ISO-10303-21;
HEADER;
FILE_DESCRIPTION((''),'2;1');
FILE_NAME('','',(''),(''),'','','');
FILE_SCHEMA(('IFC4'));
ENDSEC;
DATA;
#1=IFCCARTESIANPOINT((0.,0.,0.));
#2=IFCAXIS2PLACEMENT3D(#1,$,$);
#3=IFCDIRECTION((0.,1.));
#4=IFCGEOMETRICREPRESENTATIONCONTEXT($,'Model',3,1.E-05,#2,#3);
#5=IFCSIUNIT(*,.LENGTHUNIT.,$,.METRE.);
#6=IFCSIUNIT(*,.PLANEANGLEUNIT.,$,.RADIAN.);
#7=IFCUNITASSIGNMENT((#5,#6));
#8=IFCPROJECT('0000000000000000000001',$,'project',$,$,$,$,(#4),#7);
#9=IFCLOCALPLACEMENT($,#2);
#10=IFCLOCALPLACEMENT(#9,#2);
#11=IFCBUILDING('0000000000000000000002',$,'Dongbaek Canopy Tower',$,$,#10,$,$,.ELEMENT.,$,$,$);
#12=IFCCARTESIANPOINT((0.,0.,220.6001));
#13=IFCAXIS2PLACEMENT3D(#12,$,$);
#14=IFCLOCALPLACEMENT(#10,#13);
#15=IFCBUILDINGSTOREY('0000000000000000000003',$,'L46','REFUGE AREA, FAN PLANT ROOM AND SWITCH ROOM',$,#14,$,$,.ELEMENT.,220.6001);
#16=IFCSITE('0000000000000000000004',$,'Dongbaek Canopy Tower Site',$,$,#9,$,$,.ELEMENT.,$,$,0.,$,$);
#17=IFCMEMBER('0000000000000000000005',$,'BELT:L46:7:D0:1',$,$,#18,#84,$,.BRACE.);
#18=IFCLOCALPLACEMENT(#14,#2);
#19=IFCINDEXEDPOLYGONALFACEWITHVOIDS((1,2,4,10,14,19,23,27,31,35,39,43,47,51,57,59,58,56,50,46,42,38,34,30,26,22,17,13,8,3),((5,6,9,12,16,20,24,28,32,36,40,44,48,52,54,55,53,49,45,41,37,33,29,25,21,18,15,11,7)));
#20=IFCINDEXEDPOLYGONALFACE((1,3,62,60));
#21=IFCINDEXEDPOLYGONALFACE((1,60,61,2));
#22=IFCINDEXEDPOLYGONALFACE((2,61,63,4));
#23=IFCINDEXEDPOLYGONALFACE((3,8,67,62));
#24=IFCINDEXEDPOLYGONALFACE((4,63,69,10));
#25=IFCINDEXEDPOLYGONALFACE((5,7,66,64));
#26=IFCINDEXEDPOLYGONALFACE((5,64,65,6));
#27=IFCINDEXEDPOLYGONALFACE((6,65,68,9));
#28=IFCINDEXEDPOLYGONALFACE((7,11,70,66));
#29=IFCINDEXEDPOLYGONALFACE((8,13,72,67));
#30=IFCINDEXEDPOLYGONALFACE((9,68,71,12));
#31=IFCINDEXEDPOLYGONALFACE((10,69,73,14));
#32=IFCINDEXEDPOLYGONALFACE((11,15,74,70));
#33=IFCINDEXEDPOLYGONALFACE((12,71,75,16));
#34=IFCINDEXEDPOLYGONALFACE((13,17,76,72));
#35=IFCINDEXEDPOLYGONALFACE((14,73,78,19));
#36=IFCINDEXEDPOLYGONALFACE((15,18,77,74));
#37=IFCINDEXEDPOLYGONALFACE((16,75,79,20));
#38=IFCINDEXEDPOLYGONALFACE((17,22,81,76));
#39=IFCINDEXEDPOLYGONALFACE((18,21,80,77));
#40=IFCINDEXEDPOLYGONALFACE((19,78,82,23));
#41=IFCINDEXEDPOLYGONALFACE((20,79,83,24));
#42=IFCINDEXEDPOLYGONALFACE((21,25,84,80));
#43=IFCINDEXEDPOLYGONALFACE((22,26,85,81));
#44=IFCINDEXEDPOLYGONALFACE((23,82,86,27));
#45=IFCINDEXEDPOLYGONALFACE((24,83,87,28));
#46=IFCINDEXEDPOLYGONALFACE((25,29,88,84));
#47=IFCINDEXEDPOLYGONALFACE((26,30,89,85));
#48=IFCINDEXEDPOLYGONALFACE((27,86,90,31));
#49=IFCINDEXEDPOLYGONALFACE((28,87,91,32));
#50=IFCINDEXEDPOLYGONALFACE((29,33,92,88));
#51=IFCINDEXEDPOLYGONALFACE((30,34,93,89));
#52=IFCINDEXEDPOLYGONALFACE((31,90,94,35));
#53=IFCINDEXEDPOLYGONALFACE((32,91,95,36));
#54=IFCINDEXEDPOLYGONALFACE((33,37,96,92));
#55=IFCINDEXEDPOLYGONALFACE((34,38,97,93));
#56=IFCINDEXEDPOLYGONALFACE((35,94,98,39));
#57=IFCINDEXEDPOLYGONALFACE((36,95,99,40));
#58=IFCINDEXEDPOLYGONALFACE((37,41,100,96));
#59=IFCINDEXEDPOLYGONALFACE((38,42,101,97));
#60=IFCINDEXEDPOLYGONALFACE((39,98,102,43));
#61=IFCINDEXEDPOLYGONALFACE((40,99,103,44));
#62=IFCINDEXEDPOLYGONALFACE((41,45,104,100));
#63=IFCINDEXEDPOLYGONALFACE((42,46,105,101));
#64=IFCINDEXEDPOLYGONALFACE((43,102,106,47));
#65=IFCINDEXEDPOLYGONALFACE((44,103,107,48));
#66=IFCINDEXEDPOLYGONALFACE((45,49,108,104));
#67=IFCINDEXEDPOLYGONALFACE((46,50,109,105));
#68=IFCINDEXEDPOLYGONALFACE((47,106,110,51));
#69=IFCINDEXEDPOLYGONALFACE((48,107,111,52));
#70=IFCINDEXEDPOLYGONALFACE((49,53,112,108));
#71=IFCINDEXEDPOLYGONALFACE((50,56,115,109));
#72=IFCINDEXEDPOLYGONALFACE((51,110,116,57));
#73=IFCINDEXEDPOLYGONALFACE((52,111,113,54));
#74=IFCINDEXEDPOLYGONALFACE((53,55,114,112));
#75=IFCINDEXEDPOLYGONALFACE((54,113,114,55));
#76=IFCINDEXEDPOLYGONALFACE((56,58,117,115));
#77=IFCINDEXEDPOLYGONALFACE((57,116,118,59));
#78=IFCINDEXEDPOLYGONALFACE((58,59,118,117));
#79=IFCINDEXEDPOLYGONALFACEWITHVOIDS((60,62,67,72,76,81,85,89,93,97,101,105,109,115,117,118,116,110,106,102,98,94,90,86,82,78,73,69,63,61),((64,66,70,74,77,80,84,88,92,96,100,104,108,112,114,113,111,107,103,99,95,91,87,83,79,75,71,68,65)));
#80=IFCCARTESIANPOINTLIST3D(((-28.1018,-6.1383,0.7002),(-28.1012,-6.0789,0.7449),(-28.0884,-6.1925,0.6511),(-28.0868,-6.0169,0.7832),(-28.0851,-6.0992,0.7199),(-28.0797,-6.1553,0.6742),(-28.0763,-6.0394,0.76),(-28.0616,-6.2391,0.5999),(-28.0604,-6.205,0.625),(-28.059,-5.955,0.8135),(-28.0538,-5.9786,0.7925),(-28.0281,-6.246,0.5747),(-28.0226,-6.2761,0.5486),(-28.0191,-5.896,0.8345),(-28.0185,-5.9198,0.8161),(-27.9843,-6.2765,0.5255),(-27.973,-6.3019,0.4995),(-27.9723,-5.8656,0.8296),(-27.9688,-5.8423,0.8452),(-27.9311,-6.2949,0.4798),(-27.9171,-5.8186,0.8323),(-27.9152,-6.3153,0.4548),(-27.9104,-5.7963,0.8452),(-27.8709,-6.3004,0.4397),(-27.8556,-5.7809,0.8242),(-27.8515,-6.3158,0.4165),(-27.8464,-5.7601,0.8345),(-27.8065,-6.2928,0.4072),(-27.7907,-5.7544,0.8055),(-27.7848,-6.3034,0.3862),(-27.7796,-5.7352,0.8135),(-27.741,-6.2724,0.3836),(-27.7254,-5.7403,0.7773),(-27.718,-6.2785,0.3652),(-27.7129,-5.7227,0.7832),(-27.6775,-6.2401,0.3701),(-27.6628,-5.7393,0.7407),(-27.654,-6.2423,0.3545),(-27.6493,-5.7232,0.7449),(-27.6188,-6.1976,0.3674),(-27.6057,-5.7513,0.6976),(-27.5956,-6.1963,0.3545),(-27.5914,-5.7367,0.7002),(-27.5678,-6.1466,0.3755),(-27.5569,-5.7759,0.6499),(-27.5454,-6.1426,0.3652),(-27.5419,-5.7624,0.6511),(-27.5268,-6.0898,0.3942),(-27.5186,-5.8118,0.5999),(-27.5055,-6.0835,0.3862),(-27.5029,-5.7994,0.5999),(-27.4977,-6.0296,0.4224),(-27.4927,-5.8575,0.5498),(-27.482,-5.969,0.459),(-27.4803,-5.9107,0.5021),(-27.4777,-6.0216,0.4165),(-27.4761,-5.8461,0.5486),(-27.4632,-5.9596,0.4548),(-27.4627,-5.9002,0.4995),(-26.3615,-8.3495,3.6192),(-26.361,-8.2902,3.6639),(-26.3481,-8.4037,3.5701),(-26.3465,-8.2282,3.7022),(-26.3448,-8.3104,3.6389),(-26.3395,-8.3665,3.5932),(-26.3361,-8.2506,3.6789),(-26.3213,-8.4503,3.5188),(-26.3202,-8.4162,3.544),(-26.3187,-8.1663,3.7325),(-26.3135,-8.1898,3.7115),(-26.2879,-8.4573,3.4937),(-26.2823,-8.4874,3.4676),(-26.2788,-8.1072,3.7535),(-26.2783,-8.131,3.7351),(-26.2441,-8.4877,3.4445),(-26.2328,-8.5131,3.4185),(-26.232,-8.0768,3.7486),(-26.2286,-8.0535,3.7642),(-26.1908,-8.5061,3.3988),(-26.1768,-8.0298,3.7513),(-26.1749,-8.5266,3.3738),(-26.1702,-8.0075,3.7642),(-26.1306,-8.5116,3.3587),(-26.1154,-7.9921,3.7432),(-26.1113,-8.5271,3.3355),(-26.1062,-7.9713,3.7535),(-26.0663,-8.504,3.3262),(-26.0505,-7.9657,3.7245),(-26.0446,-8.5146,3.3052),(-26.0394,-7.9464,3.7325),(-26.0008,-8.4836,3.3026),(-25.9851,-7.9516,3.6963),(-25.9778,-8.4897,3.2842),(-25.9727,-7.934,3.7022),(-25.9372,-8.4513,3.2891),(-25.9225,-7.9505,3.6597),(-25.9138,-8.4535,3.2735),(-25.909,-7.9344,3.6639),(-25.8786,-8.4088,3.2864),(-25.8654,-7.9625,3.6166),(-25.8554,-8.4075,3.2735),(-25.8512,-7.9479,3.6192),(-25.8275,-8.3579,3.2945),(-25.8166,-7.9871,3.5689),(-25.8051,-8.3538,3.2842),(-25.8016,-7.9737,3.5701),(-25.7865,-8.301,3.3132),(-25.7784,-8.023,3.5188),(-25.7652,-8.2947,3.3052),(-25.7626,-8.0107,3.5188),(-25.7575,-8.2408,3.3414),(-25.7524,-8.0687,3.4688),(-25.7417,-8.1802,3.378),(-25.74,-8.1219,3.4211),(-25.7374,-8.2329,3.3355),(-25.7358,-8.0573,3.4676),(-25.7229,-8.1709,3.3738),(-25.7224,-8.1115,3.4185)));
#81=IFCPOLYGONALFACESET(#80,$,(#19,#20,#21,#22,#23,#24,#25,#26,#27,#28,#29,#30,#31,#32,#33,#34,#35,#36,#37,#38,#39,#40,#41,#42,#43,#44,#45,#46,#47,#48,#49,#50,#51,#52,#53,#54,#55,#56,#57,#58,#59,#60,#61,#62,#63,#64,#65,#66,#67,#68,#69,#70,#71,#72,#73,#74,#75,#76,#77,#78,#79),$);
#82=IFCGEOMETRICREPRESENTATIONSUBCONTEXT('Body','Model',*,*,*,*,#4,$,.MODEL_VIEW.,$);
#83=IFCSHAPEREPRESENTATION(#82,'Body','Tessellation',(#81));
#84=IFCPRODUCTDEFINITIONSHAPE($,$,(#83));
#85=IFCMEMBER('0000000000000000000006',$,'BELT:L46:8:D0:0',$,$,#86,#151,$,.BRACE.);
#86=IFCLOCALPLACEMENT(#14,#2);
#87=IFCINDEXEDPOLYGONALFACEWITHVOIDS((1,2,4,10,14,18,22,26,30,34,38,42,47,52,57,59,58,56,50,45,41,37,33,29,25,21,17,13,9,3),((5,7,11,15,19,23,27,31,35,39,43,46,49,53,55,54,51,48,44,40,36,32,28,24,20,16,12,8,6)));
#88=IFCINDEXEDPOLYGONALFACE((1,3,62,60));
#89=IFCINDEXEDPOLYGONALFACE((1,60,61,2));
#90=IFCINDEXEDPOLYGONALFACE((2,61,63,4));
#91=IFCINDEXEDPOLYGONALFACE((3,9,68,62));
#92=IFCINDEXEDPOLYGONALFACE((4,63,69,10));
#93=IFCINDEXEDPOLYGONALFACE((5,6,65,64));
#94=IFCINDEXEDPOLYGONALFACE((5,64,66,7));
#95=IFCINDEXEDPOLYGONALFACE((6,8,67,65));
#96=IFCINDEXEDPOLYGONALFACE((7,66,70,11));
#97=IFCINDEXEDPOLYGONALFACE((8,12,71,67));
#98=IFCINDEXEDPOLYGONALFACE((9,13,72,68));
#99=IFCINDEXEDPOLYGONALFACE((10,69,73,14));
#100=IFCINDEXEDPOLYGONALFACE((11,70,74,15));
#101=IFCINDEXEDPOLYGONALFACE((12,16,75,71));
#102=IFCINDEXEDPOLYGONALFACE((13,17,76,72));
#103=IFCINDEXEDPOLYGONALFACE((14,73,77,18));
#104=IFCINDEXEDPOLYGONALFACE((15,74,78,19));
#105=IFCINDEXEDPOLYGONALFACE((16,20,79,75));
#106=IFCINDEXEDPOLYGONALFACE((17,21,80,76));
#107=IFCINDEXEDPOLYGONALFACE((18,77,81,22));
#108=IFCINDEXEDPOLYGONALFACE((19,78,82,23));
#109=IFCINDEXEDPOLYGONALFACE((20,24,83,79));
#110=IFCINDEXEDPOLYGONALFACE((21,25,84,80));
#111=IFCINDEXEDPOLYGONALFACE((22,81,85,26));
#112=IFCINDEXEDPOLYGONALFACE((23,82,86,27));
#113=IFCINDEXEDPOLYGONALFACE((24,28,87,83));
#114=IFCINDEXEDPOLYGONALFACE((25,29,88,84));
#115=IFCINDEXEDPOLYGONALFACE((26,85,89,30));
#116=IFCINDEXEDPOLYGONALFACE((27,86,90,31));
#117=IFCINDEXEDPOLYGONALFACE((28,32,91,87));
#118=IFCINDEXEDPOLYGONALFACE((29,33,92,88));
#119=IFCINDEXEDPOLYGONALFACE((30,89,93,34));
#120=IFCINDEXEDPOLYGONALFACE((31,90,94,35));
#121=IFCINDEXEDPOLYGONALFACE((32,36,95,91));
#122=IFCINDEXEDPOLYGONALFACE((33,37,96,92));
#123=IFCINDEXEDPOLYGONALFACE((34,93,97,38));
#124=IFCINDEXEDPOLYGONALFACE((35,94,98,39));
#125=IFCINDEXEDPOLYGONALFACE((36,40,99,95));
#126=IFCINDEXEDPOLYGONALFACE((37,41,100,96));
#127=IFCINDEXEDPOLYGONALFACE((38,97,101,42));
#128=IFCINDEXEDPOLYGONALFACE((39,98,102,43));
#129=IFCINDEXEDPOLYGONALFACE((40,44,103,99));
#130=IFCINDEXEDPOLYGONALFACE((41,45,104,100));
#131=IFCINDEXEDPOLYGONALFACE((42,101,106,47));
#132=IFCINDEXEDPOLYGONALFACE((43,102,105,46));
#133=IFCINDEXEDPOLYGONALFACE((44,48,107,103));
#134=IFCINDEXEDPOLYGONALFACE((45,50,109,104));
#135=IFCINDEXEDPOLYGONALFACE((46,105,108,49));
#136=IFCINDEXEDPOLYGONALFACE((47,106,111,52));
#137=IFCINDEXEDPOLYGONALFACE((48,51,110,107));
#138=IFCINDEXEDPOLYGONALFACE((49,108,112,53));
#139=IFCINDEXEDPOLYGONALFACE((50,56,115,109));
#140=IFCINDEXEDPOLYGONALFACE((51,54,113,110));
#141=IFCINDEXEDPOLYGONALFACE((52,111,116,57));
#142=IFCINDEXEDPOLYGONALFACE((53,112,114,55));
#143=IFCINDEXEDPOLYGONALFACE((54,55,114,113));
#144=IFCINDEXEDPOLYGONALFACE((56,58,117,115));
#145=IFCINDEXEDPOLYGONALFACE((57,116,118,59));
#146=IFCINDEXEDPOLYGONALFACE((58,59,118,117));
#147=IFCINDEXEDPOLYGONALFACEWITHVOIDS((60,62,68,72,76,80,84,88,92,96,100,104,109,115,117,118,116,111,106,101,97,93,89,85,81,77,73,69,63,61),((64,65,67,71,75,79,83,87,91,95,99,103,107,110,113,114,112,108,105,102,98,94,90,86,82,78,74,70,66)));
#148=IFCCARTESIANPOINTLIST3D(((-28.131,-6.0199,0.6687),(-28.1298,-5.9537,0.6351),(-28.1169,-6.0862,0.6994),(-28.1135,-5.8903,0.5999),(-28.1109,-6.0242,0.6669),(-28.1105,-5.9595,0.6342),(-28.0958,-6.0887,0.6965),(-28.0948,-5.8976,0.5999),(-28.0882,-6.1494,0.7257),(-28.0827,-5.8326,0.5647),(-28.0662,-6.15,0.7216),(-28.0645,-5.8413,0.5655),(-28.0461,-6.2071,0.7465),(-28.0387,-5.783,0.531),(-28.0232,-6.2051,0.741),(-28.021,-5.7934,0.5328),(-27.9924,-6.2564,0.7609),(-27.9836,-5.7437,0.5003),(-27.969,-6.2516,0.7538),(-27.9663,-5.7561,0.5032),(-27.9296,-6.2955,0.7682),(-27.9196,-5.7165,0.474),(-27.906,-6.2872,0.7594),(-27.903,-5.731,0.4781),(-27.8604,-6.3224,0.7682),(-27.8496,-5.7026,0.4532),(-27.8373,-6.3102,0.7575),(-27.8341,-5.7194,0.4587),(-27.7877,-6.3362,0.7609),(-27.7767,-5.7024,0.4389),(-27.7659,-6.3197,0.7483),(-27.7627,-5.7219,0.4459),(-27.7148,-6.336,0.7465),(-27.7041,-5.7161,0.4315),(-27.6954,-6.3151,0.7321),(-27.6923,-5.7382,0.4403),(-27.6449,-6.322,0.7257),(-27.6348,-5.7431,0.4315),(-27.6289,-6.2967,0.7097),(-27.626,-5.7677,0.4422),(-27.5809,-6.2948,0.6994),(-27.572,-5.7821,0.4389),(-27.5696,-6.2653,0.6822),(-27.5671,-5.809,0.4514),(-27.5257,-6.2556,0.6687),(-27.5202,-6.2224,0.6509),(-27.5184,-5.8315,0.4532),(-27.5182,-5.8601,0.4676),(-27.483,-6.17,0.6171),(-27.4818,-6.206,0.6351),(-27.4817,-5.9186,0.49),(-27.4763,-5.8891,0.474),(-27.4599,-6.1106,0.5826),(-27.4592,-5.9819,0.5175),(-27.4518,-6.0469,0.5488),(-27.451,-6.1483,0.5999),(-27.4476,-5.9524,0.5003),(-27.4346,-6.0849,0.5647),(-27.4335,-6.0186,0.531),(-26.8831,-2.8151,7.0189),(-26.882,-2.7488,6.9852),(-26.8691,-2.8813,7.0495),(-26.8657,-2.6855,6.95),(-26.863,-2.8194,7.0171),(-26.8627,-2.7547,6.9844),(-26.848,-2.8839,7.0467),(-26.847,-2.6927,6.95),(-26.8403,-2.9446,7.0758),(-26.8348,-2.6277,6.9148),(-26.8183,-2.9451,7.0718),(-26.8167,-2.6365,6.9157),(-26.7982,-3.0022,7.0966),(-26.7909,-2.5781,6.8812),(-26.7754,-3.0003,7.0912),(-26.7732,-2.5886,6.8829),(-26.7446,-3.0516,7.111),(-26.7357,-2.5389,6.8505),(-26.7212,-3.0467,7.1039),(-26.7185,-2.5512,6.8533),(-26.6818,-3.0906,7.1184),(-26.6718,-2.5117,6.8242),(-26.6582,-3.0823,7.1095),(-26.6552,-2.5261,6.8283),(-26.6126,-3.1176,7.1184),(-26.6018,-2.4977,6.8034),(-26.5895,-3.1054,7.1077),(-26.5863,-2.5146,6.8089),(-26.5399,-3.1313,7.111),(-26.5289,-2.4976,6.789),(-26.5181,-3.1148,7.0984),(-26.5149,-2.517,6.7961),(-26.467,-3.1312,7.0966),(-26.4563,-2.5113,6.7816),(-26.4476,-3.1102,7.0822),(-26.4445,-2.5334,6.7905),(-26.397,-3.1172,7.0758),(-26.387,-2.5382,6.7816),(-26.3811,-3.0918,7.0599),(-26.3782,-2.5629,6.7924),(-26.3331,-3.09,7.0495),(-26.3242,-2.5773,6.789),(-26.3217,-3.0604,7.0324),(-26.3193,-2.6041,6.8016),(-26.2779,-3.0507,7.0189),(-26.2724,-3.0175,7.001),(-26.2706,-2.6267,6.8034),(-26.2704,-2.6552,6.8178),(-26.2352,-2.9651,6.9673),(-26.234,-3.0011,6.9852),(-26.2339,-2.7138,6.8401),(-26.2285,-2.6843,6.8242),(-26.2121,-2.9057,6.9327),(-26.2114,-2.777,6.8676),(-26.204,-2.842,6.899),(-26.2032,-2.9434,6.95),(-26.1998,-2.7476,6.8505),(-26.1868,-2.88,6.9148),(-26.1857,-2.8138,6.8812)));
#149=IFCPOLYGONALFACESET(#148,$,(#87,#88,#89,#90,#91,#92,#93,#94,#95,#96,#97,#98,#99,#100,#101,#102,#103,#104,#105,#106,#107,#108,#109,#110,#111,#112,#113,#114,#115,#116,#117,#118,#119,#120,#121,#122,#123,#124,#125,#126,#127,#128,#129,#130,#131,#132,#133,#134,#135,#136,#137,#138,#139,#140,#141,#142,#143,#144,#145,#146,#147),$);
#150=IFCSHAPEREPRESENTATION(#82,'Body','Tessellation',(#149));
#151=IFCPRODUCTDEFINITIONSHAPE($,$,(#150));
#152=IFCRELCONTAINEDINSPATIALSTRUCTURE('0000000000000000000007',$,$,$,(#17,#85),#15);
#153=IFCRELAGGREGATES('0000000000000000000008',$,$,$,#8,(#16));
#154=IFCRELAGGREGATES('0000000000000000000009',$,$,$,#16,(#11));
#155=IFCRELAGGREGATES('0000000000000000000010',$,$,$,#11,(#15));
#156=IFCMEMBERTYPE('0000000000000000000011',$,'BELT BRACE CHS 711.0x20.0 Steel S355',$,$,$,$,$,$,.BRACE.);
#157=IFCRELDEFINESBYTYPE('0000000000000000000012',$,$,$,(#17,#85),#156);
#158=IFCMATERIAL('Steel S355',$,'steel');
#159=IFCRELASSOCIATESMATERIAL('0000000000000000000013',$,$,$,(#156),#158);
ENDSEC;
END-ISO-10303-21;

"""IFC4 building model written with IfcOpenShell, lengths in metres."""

from ifc_helpers import new_model, si_unit, direction, frame, origin, origin_2d, place, context, subcontext, project, spatial, hollow_circle, extrude, material, material_profile, profile_set, type_object, element, save


model = new_model("IFC4")

# Units and contexts
model_context = context("Model", 3, precision=1e-05, world=origin(), true_north=direction((0.0, 1.0)))
body_context = subcontext(model_context, "Body", "Model", "MODEL_VIEW")
ifc_project = project(units=[si_unit("LENGTHUNIT", "METRE"), si_unit("PLANEANGLEUNIT", "RADIAN")], contexts=[model_context])

# Site, building, storey
site_placement = place(None, origin())
site = spatial("IfcSite", under=ifc_project, at=site_placement, Name="Dongbaek Canopy Tower Site", CompositionType="ELEMENT", RefElevation=0.0)
building_placement = place(site_placement, origin())
building = spatial("IfcBuilding", under=site, at=building_placement, Name="Dongbaek Canopy Tower", CompositionType="ELEMENT")
storey_placement = place(building_placement, frame((0.0, 0.0, 220.6001)))
storey = spatial("IfcBuildingStorey", under=building, at=storey_placement, Name="L46", Description="REFUGE AREA, FAN PLANT ROOM AND SWITCH ROOM", CompositionType="ELEMENT", Elevation=220.6001)

# Members
ifc_material_1 = material(Name="Steel S355", Category="steel")
ifc_material_profile_1 = material_profile(ifc_material_1, hollow_circle(Radius=0.3555, WallThickness=0.02, at=origin_2d()), Name="BELT BRACE CHS 711.0x20.0 Steel S355")
ifc_profile_set_1 = profile_set([ifc_material_profile_1], Name="Steel S355")
member_type_1 = type_object("IfcMemberType", Name="BELT BRACE CHS 711.0x20.0 Steel S355", PredefinedType="BRACE", material=ifc_profile_set_1)
member_1_placement = place(storey_placement, frame((-27.7822, -6.0193, 0.5999), z_axis=(0.429224, -0.545381, 0.719949), x_axis=(0.785821, 0.618454, 0.0)))
element("IfcMember", 1, at=member_1_placement, inside=storey, type_object=member_type_1, Name="BELT:L46:7:D0:1", PredefinedType="BRACE", context=body_context, shape_type="SweptSolid", body=[
    extrude(hollow_circle(Radius=0.3555, WallThickness=0.02, at=origin_2d()), origin(), (0.0, 0.0, 1.0), 4.0544),
])
member_2_placement = place(storey_placement, frame((-27.7822, -6.0193, 0.5999), z_axis=(0.172787, 0.443784, 0.879318), x_axis=(-0.931859, 0.36282, 0.0)))
element("IfcMember", 2, at=member_2_placement, inside=storey, type_object=member_type_1, Name="BELT:L46:8:D0:0", PredefinedType="BRACE", context=body_context, shape_type="SweptSolid", body=[
    extrude(hollow_circle(Radius=0.3555, WallThickness=0.02, at=origin_2d()), origin(), (0.0, 0.0, 1.0), 7.2217),
])

save(model, "model.ifc")
